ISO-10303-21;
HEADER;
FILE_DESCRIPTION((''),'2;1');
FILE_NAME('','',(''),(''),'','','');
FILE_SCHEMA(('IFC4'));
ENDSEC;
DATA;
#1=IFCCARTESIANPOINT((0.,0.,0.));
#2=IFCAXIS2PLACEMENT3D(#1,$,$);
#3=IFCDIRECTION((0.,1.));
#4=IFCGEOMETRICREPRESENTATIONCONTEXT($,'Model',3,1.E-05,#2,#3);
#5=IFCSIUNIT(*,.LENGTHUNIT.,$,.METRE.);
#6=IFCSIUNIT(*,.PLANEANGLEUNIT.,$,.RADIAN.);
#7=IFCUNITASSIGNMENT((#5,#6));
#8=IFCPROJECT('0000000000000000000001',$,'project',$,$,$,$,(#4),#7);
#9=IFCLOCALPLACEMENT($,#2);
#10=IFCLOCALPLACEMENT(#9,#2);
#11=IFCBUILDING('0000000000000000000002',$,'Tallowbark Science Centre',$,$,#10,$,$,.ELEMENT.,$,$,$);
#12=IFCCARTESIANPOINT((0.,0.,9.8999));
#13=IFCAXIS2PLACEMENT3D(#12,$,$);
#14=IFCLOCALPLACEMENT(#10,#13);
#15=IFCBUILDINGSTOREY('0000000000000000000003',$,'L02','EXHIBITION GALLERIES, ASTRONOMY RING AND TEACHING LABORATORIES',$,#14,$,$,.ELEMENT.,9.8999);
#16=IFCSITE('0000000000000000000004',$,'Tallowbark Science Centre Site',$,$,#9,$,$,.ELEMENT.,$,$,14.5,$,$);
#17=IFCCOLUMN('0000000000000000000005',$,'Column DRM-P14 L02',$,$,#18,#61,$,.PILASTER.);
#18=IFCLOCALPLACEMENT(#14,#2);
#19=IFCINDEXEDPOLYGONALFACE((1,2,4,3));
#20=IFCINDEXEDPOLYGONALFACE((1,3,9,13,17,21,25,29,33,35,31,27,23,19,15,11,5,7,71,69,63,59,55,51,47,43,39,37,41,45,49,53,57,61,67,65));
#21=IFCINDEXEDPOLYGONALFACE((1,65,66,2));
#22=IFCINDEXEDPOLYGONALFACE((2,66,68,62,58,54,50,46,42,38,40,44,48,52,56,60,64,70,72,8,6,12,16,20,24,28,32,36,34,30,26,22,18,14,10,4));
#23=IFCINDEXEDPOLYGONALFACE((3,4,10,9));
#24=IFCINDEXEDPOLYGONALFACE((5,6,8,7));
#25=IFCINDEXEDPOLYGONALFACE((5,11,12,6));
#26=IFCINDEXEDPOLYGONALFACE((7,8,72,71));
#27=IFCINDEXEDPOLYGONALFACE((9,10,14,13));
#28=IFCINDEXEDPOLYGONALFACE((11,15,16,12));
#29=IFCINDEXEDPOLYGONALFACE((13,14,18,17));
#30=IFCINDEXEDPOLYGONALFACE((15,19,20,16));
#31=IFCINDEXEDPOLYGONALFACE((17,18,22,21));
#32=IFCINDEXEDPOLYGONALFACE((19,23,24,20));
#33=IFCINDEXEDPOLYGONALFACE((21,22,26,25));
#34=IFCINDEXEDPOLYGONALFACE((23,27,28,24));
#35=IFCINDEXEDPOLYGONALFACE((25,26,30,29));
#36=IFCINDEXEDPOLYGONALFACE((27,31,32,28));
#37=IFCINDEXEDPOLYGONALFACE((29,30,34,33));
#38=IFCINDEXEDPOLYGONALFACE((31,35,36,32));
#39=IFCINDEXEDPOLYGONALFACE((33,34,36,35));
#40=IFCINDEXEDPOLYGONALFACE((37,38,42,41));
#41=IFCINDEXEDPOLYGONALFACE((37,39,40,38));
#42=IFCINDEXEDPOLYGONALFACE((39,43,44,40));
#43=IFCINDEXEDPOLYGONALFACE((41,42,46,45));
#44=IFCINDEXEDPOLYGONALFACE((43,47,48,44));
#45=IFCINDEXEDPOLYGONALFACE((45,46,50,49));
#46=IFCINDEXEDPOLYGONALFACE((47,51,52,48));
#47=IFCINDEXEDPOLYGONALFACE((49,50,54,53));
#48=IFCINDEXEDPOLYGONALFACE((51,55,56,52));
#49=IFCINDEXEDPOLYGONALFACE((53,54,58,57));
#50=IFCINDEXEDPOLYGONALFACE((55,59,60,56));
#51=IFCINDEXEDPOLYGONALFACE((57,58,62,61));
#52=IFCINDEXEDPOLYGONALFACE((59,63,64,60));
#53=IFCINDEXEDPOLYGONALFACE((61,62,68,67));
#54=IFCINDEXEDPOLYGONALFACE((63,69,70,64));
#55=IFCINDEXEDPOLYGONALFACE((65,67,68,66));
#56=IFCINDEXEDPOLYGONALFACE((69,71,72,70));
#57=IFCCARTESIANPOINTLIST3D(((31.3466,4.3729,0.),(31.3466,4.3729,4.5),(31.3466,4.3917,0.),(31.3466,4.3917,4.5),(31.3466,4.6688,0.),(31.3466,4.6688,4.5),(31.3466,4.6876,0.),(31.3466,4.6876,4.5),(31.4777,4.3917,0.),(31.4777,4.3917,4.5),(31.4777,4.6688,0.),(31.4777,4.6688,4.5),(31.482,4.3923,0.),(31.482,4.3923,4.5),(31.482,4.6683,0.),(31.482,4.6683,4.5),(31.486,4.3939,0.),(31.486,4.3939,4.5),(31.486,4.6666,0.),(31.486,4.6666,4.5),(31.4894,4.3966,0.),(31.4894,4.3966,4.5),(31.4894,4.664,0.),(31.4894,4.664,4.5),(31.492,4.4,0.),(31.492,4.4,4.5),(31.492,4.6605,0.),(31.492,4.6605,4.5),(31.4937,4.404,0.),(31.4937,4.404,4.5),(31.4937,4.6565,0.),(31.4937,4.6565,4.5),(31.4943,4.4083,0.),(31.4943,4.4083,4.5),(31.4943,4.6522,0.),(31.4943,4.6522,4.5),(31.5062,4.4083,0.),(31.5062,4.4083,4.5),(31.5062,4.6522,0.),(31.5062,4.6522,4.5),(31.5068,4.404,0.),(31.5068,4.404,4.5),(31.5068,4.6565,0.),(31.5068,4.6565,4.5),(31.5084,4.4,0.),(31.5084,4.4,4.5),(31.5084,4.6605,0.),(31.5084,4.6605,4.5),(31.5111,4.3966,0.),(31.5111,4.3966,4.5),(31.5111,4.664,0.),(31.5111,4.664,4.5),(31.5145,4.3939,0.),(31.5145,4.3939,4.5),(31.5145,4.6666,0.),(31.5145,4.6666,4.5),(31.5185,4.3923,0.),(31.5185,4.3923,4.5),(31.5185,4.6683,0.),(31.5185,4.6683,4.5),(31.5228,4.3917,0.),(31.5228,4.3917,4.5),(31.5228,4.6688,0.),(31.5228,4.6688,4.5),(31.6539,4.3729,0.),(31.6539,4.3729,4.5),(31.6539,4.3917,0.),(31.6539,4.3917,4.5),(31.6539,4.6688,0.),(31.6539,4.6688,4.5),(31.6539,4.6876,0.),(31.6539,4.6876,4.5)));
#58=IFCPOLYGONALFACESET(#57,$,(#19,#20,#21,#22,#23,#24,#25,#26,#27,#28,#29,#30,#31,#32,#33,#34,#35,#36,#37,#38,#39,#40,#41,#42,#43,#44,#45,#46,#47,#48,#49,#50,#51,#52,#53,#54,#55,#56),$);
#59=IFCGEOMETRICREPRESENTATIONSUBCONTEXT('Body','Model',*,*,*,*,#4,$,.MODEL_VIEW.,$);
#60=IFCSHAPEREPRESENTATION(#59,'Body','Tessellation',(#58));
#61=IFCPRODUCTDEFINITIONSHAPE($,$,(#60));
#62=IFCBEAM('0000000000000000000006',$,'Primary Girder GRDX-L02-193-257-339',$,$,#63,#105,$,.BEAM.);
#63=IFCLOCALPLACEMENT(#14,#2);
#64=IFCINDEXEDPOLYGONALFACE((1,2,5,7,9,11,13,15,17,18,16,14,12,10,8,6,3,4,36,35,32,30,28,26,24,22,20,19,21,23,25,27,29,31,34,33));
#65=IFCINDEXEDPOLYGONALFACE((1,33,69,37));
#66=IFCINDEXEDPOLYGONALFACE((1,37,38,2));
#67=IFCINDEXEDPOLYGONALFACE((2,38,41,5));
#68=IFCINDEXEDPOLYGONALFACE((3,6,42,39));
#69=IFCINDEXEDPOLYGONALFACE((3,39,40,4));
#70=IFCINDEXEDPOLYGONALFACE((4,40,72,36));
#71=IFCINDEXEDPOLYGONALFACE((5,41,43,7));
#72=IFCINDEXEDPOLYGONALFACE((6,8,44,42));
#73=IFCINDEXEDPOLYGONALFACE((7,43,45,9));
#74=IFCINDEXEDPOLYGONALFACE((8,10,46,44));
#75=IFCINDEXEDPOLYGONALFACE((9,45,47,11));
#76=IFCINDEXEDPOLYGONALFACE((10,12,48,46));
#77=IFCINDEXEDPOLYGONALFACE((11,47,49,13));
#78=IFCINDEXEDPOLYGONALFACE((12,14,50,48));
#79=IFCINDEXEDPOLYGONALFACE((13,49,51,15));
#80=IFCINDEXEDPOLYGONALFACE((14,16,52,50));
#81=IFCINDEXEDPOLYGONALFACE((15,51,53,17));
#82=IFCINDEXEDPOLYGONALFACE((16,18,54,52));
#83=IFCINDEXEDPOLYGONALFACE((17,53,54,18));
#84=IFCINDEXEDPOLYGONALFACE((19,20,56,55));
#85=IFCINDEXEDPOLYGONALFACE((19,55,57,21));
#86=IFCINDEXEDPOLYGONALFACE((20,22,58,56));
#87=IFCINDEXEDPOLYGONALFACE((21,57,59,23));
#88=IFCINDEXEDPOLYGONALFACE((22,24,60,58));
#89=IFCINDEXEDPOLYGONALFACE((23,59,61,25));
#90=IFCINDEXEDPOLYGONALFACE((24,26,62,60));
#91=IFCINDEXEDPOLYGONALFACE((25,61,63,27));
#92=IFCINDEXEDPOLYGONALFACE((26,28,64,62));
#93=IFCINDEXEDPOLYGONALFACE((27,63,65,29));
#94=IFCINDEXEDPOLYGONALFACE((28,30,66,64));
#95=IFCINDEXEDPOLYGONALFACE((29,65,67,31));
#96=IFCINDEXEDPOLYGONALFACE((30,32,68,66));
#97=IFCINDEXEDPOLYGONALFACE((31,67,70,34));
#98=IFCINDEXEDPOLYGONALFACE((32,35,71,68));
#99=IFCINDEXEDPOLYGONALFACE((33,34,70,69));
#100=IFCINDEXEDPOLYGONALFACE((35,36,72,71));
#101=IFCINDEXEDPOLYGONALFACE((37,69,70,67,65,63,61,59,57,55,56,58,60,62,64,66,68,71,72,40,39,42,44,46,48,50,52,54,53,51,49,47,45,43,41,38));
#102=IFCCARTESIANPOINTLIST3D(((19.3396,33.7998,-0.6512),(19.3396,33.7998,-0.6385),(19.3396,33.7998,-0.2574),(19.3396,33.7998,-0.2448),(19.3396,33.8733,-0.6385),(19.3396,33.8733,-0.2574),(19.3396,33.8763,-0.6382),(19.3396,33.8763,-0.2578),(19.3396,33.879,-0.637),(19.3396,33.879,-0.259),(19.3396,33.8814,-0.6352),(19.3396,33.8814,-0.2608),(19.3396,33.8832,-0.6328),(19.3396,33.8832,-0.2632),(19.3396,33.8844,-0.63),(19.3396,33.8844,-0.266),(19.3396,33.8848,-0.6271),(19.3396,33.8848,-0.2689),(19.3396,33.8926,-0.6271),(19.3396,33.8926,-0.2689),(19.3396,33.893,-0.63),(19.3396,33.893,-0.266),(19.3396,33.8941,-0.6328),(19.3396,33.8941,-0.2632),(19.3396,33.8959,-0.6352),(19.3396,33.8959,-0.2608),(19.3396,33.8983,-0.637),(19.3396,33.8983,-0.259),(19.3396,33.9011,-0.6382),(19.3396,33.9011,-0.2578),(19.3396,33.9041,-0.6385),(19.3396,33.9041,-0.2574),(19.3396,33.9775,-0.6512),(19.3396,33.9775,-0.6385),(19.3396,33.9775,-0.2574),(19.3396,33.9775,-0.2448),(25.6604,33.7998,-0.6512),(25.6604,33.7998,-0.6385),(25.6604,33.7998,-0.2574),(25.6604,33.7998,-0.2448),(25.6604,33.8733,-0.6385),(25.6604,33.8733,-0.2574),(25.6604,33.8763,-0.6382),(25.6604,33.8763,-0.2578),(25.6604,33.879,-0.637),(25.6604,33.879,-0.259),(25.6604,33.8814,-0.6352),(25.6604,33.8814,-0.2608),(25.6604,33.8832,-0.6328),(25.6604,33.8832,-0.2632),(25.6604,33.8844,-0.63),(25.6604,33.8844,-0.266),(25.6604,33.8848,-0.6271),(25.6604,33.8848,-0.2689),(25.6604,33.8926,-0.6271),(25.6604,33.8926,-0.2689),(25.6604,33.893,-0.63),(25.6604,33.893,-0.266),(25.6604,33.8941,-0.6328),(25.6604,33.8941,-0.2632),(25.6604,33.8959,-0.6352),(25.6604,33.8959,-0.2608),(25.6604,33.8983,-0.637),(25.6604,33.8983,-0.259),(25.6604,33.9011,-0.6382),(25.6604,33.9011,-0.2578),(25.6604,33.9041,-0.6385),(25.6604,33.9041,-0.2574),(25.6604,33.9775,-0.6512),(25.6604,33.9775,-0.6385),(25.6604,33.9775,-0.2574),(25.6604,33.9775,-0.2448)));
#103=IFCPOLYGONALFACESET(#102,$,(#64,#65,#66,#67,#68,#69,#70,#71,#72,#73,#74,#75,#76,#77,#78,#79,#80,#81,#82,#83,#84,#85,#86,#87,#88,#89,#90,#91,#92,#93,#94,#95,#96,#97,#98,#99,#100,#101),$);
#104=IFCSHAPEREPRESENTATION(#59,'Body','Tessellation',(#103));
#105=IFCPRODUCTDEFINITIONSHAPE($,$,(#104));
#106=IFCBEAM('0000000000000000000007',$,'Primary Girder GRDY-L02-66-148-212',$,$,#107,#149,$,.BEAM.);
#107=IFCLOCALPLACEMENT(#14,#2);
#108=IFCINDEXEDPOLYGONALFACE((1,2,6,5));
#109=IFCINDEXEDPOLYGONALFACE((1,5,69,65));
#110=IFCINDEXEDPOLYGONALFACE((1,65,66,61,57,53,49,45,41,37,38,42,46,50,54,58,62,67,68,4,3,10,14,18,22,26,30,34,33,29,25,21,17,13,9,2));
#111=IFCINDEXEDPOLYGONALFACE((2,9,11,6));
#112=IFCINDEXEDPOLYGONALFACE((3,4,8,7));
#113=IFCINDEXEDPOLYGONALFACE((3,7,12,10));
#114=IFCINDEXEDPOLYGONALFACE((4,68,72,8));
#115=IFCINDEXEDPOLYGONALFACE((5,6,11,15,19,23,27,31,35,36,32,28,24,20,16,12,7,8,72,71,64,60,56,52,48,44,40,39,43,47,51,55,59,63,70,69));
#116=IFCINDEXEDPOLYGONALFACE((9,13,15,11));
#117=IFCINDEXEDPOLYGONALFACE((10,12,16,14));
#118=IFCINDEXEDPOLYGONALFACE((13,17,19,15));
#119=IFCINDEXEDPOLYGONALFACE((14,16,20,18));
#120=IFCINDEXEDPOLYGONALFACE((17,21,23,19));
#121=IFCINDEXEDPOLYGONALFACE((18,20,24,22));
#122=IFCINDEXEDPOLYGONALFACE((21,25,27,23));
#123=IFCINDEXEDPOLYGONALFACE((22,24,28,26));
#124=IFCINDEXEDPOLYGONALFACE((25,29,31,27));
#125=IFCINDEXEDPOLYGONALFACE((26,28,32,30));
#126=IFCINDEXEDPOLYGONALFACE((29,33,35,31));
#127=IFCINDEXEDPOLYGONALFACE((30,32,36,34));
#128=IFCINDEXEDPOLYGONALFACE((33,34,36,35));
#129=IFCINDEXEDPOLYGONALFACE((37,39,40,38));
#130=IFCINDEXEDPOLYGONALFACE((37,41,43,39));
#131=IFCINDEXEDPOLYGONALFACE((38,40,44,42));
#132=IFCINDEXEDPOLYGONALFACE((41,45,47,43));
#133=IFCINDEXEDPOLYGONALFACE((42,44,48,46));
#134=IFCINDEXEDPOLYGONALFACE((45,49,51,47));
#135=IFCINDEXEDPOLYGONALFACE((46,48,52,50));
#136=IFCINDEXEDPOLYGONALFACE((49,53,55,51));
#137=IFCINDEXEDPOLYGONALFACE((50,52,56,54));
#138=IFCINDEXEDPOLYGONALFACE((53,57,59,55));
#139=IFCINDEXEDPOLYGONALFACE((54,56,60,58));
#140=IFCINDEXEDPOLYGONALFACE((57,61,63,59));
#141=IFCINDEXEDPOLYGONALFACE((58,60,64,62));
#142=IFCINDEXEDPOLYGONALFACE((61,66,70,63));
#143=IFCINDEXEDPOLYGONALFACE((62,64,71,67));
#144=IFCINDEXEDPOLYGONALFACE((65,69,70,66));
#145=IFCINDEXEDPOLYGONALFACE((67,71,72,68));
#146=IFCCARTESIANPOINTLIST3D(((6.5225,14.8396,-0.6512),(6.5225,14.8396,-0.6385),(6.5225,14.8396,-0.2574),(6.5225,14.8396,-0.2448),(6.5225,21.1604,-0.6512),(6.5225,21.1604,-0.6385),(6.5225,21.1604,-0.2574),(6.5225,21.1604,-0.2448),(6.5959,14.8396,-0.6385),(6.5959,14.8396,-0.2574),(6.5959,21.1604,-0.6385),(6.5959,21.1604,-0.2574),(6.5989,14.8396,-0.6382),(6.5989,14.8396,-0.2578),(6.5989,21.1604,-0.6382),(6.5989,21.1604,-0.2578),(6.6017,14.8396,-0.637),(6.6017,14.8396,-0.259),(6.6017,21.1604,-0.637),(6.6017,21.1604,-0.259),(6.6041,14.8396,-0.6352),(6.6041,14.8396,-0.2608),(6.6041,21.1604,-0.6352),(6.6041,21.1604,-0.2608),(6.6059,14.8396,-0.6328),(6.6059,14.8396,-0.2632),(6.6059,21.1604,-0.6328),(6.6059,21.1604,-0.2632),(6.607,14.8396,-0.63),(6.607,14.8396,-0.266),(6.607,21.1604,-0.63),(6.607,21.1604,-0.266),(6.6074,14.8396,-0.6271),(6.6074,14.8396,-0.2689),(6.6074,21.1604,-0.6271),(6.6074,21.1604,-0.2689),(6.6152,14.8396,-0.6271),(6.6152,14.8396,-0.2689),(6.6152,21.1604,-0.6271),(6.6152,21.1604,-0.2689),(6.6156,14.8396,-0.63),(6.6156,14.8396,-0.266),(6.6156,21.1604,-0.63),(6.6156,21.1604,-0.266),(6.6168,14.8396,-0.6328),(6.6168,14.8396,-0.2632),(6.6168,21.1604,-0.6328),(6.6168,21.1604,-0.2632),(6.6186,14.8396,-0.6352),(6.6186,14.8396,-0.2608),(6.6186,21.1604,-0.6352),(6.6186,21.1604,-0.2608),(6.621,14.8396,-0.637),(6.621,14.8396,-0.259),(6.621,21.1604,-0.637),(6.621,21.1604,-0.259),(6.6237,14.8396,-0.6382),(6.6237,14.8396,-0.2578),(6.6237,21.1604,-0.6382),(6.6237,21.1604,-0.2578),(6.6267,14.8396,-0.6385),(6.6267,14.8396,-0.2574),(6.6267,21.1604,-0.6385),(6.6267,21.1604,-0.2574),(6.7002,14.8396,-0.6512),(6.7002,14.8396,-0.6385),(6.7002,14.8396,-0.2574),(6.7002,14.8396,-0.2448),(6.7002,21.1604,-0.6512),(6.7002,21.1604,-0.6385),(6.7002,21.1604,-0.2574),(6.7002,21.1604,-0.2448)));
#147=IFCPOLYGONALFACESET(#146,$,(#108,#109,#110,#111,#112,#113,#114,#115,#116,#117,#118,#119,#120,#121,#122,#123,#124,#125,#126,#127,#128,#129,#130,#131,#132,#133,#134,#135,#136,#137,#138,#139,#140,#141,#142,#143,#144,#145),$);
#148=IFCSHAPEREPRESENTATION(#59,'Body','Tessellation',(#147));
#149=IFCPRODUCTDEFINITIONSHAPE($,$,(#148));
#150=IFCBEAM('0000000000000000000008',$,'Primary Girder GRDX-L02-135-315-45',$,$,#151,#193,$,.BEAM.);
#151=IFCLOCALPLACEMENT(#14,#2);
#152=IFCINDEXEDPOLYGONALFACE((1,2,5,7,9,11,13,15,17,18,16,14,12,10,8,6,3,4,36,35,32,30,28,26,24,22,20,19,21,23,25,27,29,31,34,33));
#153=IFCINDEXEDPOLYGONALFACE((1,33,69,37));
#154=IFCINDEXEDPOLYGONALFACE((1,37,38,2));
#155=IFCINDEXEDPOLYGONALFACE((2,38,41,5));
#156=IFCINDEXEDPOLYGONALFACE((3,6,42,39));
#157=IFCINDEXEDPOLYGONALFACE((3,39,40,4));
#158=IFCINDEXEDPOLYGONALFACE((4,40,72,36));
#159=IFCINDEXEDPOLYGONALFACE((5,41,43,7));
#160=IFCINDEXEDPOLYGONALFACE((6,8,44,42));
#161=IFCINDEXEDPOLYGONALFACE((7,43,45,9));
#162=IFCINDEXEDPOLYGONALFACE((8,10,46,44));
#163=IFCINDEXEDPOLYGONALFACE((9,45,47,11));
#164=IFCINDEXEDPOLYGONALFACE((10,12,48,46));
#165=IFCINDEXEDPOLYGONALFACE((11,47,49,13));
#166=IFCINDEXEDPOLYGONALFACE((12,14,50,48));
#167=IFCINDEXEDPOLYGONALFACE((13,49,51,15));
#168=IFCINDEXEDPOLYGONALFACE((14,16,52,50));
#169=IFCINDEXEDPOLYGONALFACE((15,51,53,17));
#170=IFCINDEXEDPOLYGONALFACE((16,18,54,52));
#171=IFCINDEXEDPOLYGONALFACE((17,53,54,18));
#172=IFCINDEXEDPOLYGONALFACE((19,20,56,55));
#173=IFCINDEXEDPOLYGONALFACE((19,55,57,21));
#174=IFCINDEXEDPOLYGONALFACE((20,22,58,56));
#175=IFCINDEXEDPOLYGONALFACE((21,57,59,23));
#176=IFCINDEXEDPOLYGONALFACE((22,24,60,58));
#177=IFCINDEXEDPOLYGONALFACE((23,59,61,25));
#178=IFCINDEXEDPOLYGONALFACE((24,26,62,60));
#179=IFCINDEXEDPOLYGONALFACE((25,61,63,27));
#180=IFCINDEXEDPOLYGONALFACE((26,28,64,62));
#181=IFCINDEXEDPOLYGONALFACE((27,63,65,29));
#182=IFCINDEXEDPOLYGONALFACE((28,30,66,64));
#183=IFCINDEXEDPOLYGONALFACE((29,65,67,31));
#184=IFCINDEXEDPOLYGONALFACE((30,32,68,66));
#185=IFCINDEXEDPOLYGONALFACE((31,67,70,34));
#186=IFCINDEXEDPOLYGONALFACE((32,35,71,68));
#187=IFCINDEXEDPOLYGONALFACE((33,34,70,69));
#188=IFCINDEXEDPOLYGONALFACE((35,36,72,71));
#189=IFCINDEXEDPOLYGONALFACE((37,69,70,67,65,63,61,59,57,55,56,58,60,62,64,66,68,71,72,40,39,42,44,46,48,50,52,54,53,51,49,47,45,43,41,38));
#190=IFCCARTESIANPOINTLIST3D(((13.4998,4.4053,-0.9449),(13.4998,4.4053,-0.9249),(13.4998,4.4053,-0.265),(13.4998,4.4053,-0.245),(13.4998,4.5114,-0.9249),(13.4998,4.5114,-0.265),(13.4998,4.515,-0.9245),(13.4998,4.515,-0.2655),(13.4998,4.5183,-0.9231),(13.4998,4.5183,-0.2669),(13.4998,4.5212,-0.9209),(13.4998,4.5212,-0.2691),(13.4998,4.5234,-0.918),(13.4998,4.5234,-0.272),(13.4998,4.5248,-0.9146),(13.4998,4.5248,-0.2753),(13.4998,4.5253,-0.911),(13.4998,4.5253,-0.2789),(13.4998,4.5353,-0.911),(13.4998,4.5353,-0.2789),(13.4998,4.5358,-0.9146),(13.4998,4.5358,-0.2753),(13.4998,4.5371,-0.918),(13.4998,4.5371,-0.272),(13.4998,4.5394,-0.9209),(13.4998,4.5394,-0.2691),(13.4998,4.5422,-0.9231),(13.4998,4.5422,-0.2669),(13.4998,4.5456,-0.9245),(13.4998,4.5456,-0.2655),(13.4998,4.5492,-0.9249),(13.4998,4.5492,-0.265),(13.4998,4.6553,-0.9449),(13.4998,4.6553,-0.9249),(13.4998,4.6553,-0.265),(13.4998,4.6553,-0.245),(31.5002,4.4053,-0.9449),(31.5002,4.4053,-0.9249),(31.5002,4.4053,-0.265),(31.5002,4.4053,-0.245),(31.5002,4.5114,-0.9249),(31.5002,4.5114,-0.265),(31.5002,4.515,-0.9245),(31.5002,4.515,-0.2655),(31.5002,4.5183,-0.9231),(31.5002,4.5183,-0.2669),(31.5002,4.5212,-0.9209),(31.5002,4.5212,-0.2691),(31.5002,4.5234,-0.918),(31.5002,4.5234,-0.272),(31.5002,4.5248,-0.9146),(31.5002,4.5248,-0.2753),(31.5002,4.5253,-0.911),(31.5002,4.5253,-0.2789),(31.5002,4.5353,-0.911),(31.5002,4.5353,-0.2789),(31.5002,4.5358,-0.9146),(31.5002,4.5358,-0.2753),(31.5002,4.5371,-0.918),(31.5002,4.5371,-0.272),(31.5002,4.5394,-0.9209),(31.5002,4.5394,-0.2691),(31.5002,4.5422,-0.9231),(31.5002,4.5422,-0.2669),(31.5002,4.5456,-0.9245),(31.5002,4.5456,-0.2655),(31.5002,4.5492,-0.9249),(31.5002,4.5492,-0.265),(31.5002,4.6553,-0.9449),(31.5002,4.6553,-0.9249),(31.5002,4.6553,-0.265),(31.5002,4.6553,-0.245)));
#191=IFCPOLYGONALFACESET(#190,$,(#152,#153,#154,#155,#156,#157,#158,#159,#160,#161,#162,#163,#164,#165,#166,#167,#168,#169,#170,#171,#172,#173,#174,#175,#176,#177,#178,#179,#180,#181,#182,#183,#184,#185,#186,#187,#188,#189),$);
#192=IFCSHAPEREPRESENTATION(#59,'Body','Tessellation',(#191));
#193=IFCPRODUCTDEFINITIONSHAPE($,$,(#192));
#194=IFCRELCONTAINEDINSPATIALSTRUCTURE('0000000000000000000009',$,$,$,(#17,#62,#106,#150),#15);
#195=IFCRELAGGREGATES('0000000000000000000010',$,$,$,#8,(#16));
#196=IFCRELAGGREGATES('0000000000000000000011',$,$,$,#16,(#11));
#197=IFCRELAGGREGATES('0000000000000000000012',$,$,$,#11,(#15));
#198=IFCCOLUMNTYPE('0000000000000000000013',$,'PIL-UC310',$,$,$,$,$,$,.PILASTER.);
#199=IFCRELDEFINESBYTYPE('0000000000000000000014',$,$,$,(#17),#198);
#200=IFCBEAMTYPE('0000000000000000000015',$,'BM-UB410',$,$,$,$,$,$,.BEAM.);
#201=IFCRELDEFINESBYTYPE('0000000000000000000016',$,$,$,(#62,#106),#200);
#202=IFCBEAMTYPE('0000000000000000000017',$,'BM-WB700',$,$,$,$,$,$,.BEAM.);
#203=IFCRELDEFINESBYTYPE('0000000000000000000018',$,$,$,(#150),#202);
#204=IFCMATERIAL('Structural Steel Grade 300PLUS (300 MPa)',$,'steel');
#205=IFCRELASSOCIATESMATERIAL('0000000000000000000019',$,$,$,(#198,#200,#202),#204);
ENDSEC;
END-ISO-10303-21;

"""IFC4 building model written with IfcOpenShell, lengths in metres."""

from ifc_helpers import new_model, si_unit, direction, frame, origin, origin_2d, place, context, subcontext, project, spatial, i_section, extrude, material, material_profile, profile_set, type_object, element, save


model = new_model("IFC4")

# Units and contexts
model_context = context("Model", 3, precision=1e-05, world=origin(), true_north=direction((0.0, 1.0)))
body_context = subcontext(model_context, "Body", "Model", "MODEL_VIEW")
ifc_project = project(units=[si_unit("LENGTHUNIT", "METRE"), si_unit("PLANEANGLEUNIT", "RADIAN")], contexts=[model_context])

# Site, building, storey
site_placement = place(None, origin())
site = spatial("IfcSite", under=ifc_project, at=site_placement, Name="Tallowbark Science Centre Site", CompositionType="ELEMENT", RefElevation=14.5)
building_placement = place(site_placement, origin())
building = spatial("IfcBuilding", under=site, at=building_placement, Name="Tallowbark Science Centre", CompositionType="ELEMENT")
storey_placement = place(building_placement, frame((0.0, 0.0, 9.8999)))
storey = spatial("IfcBuildingStorey", under=building, at=storey_placement, Name="L02", Description="EXHIBITION GALLERIES, ASTRONOMY RING AND TEACHING LABORATORIES", CompositionType="ELEMENT", Elevation=9.8999)

# Column
ifc_material_1 = material(Name="Structural Steel Grade 300PLUS (300 MPa)", Category="steel")
ifc_material_profile_1 = material_profile(ifc_material_1, i_section(OverallWidth=0.3074, OverallDepth=0.3147, WebThickness=0.012, FlangeThickness=0.0188, FilletRadius=0.0166, at=origin_2d()), Name="310UC118")
ifc_profile_set_1 = profile_set([ifc_material_profile_1], Name="Structural Steel Grade 300PLUS (300 MPa)")
column_type = type_object("IfcColumnType", Name="PIL-UC310", PredefinedType="PILASTER", material=ifc_profile_set_1)
for number, where, z_axis, x_axis, name in (
    (1, (31.5002, 4.5303, 0.0), (0.0, 0.0, 1.0), (1.0, 0.0, 0.0), "Column DRM-P14 L02"),
):
    element("IfcColumn", number, at=place(storey_placement, frame(where, z_axis=z_axis, x_axis=x_axis)), inside=storey, type_object=column_type, Name=name, PredefinedType="PILASTER", context=body_context, shape_type="SweptSolid", body=[
        extrude(i_section(OverallWidth=0.3074, OverallDepth=0.3147, WebThickness=0.012, FlangeThickness=0.0188, FilletRadius=0.0166, at=origin_2d()), origin(), (0.0, 0.0, 1.0), 4.5),
    ])

# Beams
ifc_material_profile_2 = material_profile(ifc_material_1, i_section(OverallWidth=0.1777, OverallDepth=0.4065, WebThickness=0.0078, FlangeThickness=0.0127, FilletRadius=0.0115, at=origin_2d()), Name="410UB59.7")
ifc_profile_set_2 = profile_set([ifc_material_profile_2], Name="Structural Steel Grade 300PLUS (300 MPa)")
beam_type_1 = type_object("IfcBeamType", Name="BM-UB410", PredefinedType="BEAM", material=ifc_profile_set_2)
for number, where, z_axis, x_axis, name in (
    (2, (19.3396, 33.8887, -0.448), (1.0, 0.0, 0.0), (0.0, 1.0, 0.0), "Primary Girder GRDX-L02-193-257-339"),
    (3, (6.6113, 14.8396, -0.448), (0.0, 1.0, 0.0), (-1.0, 0.0, 0.0), "Primary Girder GRDY-L02-66-148-212"),
):
    element("IfcBeam", number, at=place(storey_placement, frame(where, z_axis=z_axis, x_axis=x_axis)), inside=storey, type_object=beam_type_1, Name=name, PredefinedType="BEAM", context=body_context, shape_type="SweptSolid", body=[
        extrude(i_section(OverallWidth=0.1777, OverallDepth=0.4065, WebThickness=0.0078, FlangeThickness=0.0127, FilletRadius=0.0115, at=origin_2d()), origin(), (0.0, 0.0, 1.0), 6.3208),
    ])
ifc_material_profile_3 = material_profile(ifc_material_1, i_section(OverallWidth=0.25, OverallDepth=0.7, WebThickness=0.01, FlangeThickness=0.02, FilletRadius=0.0139, at=origin_2d()), Name="700WB130")
ifc_profile_set_3 = profile_set([ifc_material_profile_3], Name="Structural Steel Grade 300PLUS (300 MPa)")
beam_type_2 = type_object("IfcBeamType", Name="BM-WB700", PredefinedType="BEAM", material=ifc_profile_set_3)
for number, where, z_axis, x_axis, name in (
    (4, (13.4998, 4.5303, -0.595), (1.0, 0.0, 0.0), (0.0, 1.0, 0.0), "Primary Girder GRDX-L02-135-315-45"),
):
    element("IfcBeam", number, at=place(storey_placement, frame(where, z_axis=z_axis, x_axis=x_axis)), inside=storey, type_object=beam_type_2, Name=name, PredefinedType="BEAM", context=body_context, shape_type="SweptSolid", body=[
        extrude(i_section(OverallWidth=0.25, OverallDepth=0.7, WebThickness=0.01, FlangeThickness=0.02, FilletRadius=0.0139, at=origin_2d()), origin(), (0.0, 0.0, 1.0), 18.0005),
    ])

save(model, "model.ifc")
